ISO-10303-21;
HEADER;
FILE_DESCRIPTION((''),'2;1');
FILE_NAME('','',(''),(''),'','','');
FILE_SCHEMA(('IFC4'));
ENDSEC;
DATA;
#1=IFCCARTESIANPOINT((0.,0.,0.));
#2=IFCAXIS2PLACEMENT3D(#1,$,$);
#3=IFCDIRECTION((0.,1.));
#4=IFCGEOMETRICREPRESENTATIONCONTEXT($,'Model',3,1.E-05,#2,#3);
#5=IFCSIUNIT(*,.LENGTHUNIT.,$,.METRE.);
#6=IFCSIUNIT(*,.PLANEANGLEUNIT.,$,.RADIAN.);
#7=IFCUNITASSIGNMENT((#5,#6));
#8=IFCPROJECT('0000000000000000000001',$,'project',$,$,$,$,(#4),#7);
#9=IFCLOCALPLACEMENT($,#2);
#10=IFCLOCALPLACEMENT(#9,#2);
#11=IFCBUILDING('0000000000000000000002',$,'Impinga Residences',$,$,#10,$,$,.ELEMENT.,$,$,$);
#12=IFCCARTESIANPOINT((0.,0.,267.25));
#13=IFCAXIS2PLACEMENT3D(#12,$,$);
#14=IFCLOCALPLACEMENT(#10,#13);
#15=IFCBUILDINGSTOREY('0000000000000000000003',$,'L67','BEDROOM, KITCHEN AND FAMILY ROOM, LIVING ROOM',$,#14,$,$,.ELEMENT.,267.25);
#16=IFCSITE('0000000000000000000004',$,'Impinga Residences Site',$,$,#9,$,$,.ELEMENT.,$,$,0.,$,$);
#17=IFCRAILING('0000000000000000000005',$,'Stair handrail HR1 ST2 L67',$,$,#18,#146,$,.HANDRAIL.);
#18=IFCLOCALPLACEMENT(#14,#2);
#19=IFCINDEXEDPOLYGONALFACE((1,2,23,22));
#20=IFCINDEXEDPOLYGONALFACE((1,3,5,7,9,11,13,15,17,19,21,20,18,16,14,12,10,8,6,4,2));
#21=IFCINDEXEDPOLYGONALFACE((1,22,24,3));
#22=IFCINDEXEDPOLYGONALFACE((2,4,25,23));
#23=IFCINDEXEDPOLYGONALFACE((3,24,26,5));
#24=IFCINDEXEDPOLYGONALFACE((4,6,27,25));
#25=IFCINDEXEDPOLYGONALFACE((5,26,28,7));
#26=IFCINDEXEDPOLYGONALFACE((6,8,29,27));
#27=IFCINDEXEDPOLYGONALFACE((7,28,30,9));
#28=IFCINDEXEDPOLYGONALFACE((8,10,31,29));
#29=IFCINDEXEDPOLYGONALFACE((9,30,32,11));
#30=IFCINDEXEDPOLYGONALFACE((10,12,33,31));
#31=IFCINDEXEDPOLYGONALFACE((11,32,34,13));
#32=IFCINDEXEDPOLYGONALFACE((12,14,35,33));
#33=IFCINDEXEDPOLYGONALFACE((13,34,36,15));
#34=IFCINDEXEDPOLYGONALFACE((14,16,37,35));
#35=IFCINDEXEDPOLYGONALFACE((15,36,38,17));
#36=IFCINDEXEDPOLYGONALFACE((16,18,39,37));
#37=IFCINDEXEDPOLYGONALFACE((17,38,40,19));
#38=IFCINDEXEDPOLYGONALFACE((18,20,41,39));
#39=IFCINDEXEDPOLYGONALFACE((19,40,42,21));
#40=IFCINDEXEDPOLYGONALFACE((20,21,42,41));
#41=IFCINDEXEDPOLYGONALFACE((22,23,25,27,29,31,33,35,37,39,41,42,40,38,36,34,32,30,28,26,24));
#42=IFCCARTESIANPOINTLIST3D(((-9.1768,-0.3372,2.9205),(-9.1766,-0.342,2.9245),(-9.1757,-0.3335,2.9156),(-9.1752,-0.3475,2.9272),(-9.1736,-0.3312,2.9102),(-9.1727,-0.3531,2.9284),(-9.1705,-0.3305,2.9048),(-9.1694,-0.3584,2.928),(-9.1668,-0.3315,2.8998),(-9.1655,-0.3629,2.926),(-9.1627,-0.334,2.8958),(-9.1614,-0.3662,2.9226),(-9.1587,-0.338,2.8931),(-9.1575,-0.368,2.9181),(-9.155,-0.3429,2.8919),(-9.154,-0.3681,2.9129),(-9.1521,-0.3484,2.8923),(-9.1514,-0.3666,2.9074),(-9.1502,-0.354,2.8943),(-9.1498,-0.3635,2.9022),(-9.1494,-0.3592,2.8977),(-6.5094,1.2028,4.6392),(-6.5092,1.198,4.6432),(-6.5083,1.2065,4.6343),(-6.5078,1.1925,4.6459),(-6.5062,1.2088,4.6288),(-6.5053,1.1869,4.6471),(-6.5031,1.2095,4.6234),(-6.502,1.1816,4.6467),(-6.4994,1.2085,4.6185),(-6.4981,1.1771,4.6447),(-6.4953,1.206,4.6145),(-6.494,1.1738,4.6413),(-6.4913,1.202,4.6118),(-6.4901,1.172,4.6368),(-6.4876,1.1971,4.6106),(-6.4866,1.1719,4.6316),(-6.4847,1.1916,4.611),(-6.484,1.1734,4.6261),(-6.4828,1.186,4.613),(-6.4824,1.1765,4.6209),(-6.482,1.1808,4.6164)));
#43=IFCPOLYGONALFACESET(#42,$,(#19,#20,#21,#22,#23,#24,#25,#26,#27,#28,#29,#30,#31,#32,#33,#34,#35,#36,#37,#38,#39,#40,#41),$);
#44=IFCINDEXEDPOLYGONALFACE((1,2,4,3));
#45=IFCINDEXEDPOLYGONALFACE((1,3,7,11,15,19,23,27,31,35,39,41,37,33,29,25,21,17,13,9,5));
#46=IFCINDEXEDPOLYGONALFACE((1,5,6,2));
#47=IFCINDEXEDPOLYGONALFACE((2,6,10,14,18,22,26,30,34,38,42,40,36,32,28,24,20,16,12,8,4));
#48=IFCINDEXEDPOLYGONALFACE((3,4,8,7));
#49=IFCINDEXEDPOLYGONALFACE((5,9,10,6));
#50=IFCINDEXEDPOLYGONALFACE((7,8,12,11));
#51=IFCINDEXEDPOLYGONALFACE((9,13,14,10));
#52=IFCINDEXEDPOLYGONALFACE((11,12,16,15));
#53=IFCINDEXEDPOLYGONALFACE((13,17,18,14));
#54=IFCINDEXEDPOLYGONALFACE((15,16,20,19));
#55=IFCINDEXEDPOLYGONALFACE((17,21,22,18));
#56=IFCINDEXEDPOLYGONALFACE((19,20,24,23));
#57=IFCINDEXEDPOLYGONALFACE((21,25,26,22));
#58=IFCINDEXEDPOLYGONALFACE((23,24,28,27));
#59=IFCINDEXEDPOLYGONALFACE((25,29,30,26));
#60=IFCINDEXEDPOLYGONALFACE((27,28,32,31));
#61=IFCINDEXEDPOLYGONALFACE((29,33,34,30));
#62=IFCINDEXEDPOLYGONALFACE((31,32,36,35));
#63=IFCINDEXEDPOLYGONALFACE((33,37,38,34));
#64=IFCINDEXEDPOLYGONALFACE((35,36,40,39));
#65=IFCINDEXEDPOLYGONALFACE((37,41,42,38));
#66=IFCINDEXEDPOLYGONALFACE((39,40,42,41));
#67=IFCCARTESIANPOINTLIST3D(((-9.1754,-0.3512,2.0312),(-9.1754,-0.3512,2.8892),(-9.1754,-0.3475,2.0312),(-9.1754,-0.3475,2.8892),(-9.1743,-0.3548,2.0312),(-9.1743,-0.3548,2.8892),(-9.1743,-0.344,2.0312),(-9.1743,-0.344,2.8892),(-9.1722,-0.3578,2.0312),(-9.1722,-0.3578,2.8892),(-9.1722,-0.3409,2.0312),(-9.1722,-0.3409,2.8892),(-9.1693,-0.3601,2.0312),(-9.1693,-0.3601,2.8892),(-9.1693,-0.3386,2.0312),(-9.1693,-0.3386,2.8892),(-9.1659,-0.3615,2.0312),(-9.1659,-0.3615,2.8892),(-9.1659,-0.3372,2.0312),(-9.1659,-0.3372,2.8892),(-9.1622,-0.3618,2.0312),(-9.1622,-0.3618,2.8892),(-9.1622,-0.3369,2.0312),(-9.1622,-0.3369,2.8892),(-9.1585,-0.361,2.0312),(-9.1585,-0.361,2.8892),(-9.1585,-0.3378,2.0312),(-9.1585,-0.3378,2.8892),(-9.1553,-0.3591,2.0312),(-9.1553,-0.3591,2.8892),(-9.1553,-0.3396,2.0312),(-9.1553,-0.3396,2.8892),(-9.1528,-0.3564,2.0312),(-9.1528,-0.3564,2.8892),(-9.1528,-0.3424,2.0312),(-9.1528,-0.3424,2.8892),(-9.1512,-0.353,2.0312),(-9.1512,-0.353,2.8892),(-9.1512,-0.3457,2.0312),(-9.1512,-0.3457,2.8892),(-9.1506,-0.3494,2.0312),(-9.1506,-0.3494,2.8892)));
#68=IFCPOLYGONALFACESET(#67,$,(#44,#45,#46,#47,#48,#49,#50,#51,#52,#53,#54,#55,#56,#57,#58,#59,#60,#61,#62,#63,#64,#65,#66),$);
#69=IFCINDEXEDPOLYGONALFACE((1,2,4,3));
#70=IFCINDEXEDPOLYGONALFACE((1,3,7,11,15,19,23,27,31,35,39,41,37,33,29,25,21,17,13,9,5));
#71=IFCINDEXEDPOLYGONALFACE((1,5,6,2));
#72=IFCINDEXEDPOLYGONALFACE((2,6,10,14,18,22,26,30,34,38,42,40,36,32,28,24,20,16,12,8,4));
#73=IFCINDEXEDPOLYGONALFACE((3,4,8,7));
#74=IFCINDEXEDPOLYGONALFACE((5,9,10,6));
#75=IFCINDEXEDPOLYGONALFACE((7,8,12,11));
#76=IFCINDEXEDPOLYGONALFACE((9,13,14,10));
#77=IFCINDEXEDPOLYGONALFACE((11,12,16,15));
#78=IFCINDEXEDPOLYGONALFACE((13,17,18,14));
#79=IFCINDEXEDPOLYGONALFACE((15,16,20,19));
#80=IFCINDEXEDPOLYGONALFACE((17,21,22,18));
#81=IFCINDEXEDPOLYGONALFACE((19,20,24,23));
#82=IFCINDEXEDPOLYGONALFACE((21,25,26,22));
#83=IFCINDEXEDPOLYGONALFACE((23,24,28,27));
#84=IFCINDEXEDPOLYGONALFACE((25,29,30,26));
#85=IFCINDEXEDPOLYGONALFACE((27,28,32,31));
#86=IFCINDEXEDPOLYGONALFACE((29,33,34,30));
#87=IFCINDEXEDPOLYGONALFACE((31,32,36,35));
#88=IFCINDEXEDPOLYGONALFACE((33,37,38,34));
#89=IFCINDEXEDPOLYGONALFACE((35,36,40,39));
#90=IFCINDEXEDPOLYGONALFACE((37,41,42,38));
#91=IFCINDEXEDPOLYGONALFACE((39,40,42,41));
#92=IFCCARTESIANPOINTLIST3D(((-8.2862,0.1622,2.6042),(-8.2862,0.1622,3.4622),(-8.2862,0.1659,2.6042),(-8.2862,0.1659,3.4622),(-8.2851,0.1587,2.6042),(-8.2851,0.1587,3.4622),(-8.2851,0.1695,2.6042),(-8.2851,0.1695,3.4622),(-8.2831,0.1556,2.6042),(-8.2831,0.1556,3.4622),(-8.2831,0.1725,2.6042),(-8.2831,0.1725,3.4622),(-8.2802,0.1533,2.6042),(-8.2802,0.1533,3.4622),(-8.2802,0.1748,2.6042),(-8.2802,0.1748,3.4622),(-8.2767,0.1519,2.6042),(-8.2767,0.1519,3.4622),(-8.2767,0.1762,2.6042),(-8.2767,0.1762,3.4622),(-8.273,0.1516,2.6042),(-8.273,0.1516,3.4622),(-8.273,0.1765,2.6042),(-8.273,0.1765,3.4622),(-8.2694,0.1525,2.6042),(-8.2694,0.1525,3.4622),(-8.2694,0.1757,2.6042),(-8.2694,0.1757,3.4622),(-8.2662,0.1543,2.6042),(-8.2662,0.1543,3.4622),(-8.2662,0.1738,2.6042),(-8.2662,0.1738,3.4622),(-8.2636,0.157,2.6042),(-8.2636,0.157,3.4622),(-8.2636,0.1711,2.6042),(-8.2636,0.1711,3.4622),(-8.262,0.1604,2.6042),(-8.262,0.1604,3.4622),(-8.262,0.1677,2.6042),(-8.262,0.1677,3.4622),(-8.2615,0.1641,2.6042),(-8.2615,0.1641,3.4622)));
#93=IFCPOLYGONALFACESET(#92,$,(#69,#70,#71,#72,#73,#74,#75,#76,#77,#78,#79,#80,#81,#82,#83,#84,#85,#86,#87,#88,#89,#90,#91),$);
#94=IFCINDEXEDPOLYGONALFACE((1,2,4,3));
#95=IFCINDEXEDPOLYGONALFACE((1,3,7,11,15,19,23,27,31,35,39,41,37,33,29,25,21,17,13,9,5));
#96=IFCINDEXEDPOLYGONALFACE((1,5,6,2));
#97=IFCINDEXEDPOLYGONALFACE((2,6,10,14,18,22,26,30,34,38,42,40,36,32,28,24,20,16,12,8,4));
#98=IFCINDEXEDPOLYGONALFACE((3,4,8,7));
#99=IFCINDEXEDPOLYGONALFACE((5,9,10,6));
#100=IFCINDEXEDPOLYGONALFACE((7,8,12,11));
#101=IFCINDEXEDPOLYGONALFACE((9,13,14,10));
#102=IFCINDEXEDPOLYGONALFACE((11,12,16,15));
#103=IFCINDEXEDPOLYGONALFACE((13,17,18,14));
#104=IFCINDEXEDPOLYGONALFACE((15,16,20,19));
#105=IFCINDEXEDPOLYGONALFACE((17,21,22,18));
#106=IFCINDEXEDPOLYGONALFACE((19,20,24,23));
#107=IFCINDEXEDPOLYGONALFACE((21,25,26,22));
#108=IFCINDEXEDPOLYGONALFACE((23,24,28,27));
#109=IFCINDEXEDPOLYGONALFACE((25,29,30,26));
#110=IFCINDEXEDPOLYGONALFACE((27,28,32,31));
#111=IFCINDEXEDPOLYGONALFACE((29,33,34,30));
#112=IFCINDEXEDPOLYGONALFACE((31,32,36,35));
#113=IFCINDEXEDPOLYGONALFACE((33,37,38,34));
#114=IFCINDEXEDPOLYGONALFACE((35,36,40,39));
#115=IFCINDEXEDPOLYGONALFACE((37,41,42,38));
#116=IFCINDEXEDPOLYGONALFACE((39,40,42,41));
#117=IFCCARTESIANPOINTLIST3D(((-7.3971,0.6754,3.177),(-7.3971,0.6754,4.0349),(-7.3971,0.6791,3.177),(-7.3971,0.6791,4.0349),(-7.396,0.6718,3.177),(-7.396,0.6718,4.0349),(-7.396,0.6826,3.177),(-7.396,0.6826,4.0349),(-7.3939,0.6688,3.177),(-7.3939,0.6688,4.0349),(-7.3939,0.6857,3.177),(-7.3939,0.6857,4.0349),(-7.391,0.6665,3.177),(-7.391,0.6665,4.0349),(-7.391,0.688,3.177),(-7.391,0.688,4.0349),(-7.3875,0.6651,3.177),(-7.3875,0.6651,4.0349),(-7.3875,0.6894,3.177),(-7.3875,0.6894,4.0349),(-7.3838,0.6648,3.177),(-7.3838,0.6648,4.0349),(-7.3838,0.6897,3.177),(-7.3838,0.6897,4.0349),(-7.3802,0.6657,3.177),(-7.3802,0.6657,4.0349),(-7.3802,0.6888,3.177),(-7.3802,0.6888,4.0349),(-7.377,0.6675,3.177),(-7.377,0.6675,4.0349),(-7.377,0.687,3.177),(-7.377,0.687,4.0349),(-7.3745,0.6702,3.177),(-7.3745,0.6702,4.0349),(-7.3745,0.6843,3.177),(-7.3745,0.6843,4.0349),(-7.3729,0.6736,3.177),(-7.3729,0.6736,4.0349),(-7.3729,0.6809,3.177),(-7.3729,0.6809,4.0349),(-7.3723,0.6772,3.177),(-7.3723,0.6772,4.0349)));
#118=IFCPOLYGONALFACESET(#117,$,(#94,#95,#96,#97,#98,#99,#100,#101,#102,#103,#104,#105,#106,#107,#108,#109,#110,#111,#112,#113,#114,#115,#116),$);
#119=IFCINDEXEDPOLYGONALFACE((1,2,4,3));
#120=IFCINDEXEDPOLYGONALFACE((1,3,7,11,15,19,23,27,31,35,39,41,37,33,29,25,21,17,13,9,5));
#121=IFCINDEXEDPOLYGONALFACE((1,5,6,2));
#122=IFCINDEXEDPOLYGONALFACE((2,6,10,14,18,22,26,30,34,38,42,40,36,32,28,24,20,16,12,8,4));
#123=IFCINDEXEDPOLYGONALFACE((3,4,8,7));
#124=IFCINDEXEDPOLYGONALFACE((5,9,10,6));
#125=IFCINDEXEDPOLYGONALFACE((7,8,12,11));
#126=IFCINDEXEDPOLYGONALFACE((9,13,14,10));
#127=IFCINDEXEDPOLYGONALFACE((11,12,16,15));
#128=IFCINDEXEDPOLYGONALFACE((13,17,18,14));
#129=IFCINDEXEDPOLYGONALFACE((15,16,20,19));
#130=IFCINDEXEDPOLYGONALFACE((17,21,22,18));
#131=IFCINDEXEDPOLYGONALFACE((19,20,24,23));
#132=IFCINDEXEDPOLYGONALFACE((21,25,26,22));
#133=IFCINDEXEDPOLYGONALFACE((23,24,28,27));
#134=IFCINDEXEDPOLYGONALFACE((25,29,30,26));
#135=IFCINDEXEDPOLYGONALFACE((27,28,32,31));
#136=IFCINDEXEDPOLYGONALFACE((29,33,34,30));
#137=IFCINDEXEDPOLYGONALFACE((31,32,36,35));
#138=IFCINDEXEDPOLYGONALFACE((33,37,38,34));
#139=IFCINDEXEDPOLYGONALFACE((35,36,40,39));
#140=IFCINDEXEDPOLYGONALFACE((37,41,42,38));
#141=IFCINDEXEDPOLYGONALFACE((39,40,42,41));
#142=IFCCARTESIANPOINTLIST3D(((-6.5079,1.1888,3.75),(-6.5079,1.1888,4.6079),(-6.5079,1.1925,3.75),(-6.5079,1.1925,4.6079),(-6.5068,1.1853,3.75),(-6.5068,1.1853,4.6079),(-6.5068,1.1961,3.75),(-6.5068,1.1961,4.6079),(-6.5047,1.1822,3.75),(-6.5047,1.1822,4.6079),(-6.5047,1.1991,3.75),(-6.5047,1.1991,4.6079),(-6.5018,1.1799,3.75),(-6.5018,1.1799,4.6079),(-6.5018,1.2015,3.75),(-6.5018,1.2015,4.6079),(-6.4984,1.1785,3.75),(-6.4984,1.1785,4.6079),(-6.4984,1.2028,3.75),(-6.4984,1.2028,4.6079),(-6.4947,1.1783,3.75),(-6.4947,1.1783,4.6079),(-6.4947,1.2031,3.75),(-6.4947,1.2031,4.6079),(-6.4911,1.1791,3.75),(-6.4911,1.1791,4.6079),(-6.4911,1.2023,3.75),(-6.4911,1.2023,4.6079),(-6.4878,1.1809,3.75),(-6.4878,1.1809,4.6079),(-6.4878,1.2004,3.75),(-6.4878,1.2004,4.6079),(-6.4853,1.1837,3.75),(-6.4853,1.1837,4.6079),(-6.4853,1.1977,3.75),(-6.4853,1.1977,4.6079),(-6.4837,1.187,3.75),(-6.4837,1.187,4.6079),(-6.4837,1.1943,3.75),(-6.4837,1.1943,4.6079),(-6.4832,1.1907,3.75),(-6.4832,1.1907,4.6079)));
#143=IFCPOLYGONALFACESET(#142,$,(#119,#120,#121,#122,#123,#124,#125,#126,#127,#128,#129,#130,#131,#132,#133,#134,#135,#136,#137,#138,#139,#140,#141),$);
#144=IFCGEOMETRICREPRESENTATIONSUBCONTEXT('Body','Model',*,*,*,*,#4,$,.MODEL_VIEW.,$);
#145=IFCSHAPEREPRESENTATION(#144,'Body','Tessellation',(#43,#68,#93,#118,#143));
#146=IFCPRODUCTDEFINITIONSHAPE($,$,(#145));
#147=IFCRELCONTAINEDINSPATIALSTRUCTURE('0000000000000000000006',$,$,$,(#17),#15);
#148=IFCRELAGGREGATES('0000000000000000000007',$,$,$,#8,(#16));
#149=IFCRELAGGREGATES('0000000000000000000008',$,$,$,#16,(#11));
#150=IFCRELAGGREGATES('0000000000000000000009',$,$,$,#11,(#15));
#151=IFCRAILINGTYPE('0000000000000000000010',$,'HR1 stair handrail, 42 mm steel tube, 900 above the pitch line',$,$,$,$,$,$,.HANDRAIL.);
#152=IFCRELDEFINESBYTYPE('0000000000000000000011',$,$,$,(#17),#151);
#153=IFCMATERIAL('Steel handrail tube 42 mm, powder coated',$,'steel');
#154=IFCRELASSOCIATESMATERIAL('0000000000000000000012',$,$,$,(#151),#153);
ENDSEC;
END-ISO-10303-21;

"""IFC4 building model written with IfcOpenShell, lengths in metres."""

from ifc_helpers import new_model, si_unit, direction, frame, origin, origin_2d, place, context, subcontext, project, spatial, circle, extrude, material, type_object, element, save


model = new_model("IFC4")

# Units and contexts
model_context = context("Model", 3, precision=1e-05, world=origin(), true_north=direction((0.0, 1.0)))
body_context = subcontext(model_context, "Body", "Model", "MODEL_VIEW")
ifc_project = project(units=[si_unit("LENGTHUNIT", "METRE"), si_unit("PLANEANGLEUNIT", "RADIAN")], contexts=[model_context])

# Site, building, storey
site_placement = place(None, origin())
site = spatial("IfcSite", under=ifc_project, at=site_placement, Name="Impinga Residences Site", CompositionType="ELEMENT", RefElevation=0.0)
building_placement = place(site_placement, origin())
building = spatial("IfcBuilding", under=site, at=building_placement, Name="Impinga Residences", CompositionType="ELEMENT")
storey_placement = place(building_placement, frame((0.0, 0.0, 267.25)))
storey = spatial("IfcBuildingStorey", under=building, at=storey_placement, Name="L67", Description="BEDROOM, KITCHEN AND FAMILY ROOM, LIVING ROOM", CompositionType="ELEMENT", Elevation=267.25)

# Railing
ifc_material_1 = material(Name="Steel handrail tube 42 mm, powder coated", Category="steel")
railing_type_1 = type_object("IfcRailingType", Name="HR1 stair handrail, 42 mm steel tube, 900 above the pitch line", PredefinedType="HANDRAIL", material=ifc_material_1)
railing_1_placement = place(storey_placement, frame((-9.1631, -0.3494, 2.0312)))
element("IfcRailing", 1, at=railing_1_placement, inside=storey, type_object=railing_type_1, Name="Stair handrail HR1 ST2 L67", PredefinedType="HANDRAIL", context=body_context, shape_type="SweptSolid", body=[
    extrude(circle(Radius=0.021, at=origin_2d()), frame((0.0, 0.0, 0.8789), z_axis=(0.756256, 0.436616, 0.487282), x_axis=(-0.499992, 0.86603, 0.0)), (0.0, 0.0, 1.0), 3.5271),
    extrude(circle(Radius=0.0125, at=origin_2d()), origin(), (0.0, 0.0, 1.0), 0.8579),
    extrude(circle(Radius=0.0125, at=origin_2d()), frame((0.8892, 0.5134, 0.573)), (0.0, 0.0, 1.0), 0.8579),
    extrude(circle(Radius=0.0125, at=origin_2d()), frame((1.7783, 1.0266, 1.1458)), (0.0, 0.0, 1.0), 0.8579),
    extrude(circle(Radius=0.0125, at=origin_2d()), frame((2.6675, 1.54, 1.7188)), (0.0, 0.0, 1.0), 0.8579),
])

save(model, "model.ifc")
